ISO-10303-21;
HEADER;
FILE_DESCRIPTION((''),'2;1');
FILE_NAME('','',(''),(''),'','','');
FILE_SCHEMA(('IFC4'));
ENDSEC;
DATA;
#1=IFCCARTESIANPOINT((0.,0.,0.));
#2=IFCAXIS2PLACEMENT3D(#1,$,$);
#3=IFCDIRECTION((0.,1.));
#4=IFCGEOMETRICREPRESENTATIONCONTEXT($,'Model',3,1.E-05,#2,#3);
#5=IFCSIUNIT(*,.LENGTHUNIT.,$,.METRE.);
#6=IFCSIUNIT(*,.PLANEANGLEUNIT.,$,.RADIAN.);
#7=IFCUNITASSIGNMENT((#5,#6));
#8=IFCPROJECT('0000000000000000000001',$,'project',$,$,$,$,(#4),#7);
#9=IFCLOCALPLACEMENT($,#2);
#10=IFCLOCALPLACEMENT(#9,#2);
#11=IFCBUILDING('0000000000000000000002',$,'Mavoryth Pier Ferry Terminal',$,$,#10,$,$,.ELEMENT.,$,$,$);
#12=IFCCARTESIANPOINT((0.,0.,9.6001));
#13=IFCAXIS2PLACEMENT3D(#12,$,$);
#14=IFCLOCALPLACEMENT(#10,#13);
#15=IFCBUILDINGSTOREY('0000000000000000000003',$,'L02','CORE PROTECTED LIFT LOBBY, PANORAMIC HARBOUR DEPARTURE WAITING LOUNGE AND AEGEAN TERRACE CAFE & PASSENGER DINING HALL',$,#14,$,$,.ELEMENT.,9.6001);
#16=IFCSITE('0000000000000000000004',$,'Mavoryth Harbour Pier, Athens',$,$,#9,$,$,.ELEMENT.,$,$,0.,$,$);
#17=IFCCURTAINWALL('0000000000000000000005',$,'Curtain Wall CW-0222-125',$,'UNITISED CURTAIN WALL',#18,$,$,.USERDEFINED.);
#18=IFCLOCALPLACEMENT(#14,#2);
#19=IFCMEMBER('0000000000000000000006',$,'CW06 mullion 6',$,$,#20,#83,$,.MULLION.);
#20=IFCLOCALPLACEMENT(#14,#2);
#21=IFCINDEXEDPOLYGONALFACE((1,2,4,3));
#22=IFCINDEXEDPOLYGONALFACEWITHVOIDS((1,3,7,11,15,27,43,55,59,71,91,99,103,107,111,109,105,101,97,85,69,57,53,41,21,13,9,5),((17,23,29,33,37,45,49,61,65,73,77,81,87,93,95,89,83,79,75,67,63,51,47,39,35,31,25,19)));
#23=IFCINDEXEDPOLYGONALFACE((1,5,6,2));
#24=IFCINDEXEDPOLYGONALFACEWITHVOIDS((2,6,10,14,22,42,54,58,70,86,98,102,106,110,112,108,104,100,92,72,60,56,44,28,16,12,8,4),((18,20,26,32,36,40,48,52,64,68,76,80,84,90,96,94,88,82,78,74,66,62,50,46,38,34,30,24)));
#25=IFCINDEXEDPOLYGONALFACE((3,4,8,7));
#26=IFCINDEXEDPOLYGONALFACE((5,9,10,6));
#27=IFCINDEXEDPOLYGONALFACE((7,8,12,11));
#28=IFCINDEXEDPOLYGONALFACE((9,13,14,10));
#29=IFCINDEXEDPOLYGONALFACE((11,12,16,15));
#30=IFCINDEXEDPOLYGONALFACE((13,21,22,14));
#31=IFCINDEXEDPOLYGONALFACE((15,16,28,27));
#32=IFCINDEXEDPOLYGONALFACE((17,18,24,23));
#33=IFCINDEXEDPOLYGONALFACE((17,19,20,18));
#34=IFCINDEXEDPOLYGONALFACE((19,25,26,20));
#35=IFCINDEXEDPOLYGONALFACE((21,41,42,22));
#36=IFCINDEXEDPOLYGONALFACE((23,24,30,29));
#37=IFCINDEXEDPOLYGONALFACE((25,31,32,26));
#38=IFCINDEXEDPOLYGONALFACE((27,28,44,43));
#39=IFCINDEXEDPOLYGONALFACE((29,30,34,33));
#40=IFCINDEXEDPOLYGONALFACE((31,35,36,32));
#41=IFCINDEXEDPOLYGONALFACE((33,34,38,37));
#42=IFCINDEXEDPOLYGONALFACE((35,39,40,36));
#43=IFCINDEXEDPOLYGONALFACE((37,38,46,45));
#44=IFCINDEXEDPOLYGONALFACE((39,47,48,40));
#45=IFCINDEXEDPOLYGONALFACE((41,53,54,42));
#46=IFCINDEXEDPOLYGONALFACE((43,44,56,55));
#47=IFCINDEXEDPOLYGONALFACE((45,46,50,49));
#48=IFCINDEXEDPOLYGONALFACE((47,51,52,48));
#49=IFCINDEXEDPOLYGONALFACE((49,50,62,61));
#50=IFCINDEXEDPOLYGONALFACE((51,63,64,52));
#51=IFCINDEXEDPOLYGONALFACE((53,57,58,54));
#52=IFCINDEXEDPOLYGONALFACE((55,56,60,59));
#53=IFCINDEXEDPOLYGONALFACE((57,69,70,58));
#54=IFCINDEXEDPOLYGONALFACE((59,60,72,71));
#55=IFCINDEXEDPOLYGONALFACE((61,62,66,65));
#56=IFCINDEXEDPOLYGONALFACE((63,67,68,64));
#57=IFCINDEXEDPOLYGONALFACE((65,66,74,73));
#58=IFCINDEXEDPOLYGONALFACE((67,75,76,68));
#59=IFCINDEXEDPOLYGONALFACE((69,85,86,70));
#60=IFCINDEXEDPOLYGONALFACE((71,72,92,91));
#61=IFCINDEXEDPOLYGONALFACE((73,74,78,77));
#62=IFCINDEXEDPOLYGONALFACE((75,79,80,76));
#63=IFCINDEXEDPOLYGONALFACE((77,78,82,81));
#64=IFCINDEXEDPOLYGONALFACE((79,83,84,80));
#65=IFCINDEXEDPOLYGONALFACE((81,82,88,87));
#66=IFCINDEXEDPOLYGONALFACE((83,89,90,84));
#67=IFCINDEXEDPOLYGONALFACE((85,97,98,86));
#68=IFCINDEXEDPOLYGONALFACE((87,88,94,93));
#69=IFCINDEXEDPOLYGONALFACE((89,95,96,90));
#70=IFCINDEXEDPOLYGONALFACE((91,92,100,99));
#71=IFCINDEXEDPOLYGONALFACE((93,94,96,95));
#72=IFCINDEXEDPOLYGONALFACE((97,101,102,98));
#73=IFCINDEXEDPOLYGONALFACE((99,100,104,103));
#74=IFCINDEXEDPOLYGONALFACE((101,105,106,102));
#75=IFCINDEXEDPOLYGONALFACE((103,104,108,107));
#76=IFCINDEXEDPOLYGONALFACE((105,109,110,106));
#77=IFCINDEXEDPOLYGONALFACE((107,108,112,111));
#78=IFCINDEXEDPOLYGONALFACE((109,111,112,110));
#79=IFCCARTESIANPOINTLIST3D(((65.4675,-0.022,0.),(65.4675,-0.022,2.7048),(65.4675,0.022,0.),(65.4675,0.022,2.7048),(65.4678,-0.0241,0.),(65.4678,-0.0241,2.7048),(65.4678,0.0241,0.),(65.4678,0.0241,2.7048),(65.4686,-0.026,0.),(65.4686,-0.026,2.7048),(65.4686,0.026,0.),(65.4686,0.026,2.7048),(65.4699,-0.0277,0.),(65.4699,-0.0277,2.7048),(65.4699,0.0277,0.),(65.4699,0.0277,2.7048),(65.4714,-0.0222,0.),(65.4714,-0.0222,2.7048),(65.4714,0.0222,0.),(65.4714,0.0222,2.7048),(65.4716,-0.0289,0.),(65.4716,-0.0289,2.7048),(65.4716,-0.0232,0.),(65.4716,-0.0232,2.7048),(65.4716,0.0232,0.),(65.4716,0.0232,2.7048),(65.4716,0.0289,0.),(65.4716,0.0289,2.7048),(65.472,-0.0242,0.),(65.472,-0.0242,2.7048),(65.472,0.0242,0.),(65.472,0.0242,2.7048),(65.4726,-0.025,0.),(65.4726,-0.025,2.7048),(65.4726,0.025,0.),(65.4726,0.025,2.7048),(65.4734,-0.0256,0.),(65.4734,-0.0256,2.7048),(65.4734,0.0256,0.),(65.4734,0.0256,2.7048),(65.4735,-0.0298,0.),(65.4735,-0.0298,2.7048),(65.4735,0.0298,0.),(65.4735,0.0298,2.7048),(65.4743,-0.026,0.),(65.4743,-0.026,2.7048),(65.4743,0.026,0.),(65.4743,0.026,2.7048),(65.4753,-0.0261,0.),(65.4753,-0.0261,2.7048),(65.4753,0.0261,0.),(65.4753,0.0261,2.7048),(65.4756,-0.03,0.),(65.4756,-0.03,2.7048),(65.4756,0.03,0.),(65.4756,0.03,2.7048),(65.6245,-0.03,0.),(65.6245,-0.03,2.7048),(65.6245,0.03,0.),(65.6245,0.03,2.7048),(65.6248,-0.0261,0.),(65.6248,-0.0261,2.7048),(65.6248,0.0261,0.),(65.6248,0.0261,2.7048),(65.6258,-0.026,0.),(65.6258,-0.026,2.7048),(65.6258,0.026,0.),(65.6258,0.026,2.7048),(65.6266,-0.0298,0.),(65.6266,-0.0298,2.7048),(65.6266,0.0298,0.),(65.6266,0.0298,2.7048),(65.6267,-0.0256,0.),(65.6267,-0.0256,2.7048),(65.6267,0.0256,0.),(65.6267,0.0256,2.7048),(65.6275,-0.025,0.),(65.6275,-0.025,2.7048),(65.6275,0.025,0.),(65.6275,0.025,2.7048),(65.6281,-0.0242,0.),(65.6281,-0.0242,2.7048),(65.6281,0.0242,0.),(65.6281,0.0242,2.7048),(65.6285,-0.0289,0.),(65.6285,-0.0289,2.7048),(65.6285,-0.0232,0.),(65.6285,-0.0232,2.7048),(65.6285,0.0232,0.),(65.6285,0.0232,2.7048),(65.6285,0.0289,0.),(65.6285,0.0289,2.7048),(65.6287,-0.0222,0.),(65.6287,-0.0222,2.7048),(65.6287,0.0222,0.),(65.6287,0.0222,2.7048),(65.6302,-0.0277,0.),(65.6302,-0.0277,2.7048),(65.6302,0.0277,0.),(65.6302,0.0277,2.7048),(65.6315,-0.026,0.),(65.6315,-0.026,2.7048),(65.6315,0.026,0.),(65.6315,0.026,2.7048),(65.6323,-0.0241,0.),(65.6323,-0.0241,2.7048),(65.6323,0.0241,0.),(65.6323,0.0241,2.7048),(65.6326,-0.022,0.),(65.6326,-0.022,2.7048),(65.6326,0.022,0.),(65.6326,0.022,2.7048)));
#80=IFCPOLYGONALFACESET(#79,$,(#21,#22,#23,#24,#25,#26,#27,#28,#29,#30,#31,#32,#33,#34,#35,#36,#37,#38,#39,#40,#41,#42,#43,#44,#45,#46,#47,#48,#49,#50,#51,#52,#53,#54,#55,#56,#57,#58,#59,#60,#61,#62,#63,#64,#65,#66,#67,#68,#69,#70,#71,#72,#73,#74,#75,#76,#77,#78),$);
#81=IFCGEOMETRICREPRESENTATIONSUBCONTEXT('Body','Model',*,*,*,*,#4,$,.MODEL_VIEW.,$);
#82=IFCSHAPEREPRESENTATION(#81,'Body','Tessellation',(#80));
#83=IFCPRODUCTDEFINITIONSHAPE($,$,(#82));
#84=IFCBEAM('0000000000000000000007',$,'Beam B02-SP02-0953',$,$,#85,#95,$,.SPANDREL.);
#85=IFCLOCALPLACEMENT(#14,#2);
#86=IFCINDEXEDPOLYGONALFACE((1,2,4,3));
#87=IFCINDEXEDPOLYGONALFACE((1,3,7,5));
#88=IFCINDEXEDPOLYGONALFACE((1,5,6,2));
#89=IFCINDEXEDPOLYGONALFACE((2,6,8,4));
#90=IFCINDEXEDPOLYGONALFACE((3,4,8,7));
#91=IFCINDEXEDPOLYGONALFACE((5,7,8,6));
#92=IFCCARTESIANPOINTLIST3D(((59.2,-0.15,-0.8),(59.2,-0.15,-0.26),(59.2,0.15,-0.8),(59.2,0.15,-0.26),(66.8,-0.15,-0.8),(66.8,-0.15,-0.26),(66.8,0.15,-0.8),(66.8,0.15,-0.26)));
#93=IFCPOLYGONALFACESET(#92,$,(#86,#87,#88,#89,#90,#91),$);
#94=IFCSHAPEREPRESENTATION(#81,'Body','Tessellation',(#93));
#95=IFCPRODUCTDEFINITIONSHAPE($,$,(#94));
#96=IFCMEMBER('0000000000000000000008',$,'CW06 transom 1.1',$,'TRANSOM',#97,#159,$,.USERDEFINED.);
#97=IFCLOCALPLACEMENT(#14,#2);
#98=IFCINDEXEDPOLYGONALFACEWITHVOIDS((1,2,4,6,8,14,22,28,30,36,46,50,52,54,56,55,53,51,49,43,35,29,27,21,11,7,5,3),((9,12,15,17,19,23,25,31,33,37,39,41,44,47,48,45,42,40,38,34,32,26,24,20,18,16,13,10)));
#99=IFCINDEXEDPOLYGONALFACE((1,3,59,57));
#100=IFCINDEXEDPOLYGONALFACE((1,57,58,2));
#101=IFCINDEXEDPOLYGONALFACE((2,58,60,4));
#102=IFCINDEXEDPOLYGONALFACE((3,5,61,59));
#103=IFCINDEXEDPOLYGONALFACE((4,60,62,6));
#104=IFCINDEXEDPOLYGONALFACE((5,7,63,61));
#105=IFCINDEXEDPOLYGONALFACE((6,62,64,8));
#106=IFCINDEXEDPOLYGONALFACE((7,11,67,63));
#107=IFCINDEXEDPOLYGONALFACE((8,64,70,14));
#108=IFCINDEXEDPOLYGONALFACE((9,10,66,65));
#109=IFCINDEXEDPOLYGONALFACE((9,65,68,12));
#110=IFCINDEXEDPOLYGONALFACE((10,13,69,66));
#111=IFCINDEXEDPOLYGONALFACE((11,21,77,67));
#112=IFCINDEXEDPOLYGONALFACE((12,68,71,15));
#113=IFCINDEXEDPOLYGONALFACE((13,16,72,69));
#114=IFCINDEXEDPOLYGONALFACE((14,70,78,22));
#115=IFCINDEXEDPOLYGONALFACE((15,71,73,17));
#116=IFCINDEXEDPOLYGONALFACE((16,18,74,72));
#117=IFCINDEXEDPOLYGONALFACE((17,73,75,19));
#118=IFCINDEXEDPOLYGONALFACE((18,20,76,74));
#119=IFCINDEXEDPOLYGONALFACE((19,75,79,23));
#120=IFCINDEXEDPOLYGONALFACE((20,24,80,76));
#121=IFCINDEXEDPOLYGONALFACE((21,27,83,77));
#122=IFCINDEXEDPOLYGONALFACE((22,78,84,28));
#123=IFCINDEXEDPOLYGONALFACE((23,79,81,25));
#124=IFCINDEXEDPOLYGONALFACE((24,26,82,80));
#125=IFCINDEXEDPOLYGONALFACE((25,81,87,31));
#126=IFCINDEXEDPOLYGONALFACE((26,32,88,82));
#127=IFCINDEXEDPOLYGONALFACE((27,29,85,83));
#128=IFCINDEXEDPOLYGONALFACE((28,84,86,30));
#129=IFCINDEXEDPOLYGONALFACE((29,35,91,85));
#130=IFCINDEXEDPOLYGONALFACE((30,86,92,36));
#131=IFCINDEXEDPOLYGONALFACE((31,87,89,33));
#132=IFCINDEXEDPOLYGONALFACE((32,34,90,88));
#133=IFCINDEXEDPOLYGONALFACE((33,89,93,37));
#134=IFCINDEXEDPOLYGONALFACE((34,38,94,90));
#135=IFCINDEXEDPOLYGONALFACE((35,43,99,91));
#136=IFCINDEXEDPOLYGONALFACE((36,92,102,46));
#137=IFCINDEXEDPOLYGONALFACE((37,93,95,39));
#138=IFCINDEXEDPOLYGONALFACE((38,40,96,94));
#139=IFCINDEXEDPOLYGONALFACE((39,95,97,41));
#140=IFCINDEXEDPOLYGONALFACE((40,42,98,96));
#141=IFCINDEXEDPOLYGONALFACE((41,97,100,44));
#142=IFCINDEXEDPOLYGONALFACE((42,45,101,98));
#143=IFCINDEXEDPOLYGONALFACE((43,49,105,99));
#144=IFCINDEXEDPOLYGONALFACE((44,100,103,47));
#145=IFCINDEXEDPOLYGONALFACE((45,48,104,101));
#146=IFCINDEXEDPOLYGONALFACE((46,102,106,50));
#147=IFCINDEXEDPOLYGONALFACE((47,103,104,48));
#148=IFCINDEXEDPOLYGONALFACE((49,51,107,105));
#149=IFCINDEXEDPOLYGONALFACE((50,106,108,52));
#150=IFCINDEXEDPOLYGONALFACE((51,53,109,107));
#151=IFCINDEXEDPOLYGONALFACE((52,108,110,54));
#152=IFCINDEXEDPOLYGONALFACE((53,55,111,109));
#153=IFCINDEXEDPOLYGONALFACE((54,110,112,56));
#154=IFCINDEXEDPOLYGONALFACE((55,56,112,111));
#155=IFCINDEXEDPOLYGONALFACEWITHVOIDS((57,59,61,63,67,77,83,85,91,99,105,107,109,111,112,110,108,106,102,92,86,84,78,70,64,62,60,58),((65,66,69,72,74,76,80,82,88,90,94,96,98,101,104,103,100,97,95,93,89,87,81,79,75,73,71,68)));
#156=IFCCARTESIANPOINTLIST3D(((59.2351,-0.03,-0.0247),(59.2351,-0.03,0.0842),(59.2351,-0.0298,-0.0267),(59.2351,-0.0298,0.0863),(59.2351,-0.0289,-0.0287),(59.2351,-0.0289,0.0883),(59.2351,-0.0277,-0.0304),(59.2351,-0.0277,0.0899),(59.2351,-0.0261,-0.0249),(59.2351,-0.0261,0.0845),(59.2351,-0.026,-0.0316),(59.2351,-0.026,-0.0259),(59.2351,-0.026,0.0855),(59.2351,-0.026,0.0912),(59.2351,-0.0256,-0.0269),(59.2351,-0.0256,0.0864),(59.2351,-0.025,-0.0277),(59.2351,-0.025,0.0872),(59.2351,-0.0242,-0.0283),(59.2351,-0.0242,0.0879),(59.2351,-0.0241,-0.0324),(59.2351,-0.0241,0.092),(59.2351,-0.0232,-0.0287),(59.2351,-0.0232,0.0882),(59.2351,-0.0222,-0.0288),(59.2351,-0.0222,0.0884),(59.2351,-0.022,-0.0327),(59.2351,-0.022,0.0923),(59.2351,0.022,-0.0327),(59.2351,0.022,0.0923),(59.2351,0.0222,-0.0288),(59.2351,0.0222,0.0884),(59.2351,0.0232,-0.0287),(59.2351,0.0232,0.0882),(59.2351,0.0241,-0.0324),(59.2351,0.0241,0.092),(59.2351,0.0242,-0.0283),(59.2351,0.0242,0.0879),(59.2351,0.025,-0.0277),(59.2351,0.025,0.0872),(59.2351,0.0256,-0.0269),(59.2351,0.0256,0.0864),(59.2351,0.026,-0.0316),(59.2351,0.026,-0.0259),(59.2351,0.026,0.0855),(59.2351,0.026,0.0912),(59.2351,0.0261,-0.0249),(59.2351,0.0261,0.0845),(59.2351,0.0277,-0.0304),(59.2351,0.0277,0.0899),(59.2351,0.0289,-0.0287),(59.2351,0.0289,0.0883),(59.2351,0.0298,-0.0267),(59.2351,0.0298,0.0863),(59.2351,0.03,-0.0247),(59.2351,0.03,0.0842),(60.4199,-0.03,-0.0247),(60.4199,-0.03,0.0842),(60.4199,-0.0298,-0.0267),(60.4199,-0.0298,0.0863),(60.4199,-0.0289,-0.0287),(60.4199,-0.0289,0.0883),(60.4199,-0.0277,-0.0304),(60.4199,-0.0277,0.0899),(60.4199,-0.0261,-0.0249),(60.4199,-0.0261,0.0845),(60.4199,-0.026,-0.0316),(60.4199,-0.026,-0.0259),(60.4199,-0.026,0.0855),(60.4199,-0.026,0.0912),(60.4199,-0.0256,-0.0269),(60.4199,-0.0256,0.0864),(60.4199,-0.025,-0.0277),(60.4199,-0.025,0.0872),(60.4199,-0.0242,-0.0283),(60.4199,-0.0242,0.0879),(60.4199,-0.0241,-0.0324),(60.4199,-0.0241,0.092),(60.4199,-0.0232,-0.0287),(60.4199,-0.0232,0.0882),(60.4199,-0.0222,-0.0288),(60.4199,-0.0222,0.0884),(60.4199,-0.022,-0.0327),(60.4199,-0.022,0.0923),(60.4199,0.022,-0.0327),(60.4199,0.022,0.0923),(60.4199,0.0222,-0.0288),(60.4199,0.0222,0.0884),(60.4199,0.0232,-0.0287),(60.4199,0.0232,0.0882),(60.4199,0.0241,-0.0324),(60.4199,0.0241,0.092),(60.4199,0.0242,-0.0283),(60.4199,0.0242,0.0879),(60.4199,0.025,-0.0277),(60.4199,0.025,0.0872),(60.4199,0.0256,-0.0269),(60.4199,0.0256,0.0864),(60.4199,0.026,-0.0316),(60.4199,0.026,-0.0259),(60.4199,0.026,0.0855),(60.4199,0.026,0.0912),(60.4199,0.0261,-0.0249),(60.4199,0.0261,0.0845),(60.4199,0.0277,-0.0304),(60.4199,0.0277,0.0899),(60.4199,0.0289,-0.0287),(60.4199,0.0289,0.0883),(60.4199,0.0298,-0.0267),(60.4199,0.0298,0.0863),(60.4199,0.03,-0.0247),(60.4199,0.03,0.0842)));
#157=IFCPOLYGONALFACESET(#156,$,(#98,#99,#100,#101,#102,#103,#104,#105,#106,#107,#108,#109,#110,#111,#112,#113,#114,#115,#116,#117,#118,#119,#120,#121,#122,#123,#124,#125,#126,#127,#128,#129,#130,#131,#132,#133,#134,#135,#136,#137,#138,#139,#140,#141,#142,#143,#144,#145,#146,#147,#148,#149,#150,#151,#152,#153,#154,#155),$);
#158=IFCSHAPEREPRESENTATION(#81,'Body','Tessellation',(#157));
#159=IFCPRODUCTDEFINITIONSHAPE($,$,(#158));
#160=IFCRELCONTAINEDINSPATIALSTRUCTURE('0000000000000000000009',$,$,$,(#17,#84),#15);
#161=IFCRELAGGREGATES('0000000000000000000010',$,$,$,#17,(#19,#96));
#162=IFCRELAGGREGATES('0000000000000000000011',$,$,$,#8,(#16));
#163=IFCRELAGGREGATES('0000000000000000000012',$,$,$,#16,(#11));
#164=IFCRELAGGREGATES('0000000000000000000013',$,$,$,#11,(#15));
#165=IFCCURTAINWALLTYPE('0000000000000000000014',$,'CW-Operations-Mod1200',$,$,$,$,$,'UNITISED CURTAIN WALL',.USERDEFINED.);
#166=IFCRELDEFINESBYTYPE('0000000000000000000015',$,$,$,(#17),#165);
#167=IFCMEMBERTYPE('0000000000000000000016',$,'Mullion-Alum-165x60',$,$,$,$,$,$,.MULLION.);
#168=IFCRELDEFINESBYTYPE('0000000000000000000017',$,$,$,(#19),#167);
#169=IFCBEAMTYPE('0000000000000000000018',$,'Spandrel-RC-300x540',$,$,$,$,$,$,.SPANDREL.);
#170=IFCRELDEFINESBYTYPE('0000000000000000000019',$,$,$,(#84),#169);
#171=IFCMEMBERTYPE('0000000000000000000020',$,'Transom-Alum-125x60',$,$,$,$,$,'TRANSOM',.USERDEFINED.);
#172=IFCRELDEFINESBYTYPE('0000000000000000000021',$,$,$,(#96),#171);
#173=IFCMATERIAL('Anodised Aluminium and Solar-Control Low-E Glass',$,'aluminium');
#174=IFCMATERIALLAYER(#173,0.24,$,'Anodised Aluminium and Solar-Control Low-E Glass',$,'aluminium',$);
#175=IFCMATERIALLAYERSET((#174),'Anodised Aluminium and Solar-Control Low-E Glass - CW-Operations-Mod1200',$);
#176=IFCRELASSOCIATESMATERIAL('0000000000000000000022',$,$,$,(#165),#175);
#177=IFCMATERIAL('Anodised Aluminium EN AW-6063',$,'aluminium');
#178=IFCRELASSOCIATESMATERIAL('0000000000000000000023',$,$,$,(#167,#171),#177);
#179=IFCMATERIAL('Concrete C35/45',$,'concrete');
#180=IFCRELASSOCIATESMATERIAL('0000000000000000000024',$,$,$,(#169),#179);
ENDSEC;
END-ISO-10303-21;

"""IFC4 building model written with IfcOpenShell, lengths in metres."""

from ifc_helpers import new_model, si_unit, direction, frame, origin, origin_2d, place, context, subcontext, project, spatial, rectangle, hollow_rectangle, extrude, material, layer, layer_set, material_profile, profile_set, type_object, element, aggregate, save


model = new_model("IFC4")

# Units and contexts
model_context = context("Model", 3, precision=1e-05, world=origin(), true_north=direction((0.0, 1.0)))
body_context = subcontext(model_context, "Body", "Model", "MODEL_VIEW")
ifc_project = project(units=[si_unit("LENGTHUNIT", "METRE"), si_unit("PLANEANGLEUNIT", "RADIAN")], contexts=[model_context])

# Site, building, storey
site_placement = place(None, origin())
site = spatial("IfcSite", under=ifc_project, at=site_placement, Name="Mavoryth Harbour Pier, Athens", CompositionType="ELEMENT", RefElevation=0.0)
building_placement = place(site_placement, origin())
building = spatial("IfcBuilding", under=site, at=building_placement, Name="Mavoryth Pier Ferry Terminal", CompositionType="ELEMENT")
storey_placement = place(building_placement, frame((0.0, 0.0, 9.6001)))
storey = spatial("IfcBuildingStorey", under=building, at=storey_placement, Name="L02", Description="CORE PROTECTED LIFT LOBBY, PANORAMIC HARBOUR DEPARTURE WAITING LOUNGE AND AEGEAN TERRACE CAFE & PASSENGER DINING HALL", CompositionType="ELEMENT", Elevation=9.6001)

# Shared definitions
ifc_material_1 = material(Name="Anodised Aluminium and Solar-Control Low-E Glass", Category="aluminium")
ifc_layer_1 = layer(ifc_material_1, 0.24, Name="Anodised Aluminium and Solar-Control Low-E Glass", Category="aluminium")
ifc_layer_set_1 = layer_set([ifc_layer_1], Name="Anodised Aluminium and Solar-Control Low-E Glass - CW-Operations-Mod1200")
curtain_wall_type = type_object("IfcCurtainWallType", Name="CW-Operations-Mod1200", ElementType="UNITISED CURTAIN WALL", PredefinedType="USERDEFINED", material=ifc_layer_set_1)
ifc_material_2 = material(Name="Anodised Aluminium EN AW-6063", Category="aluminium")
ifc_material_profile_1 = material_profile(ifc_material_2, hollow_rectangle(XDim=0.0601, YDim=0.165, WallThickness=0.0039, InnerFilletRadius=0.0039, OuterFilletRadius=0.0081, at=origin_2d()), Name="AL-MULL 165x60x4", Category="aluminium")
ifc_profile_set_1 = profile_set([ifc_material_profile_1], Name="Anodised Aluminium EN AW-6063 - AL-MULL 165x60x4")
member_type_1 = type_object("IfcMemberType", Name="Mullion-Alum-165x60", PredefinedType="MULLION", material=ifc_profile_set_1)

# Curtain wall, member
curtain_wall_1_placement = place(storey_placement, origin())
curtain_wall_1 = element("IfcCurtainWall", 1, at=curtain_wall_1_placement, inside=storey, type_object=curtain_wall_type, Name="Curtain Wall CW-0222-125", ObjectType="UNITISED CURTAIN WALL", PredefinedType="USERDEFINED")
member_1_placement = place(storey_placement, frame((65.55, 0.0, 0.0), z_axis=(0.0, 0.0, 1.0), x_axis=(0.0, 1.0, 0.0)))
member_1 = element("IfcMember", 2, at=member_1_placement, type_object=member_type_1, Name="CW06 mullion 6", PredefinedType="MULLION", context=body_context, shape_type="SweptSolid", body=[
    extrude(hollow_rectangle(XDim=0.0601, YDim=0.165, WallThickness=0.0039, InnerFilletRadius=0.0039, OuterFilletRadius=0.0081, at=origin_2d()), origin(), (0.0, 0.0, 1.0), 2.7048),
])

# Beam
ifc_material_3 = material(Name="Concrete C35/45", Category="concrete")
ifc_material_profile_2 = material_profile(ifc_material_3, rectangle(XDim=0.3, YDim=0.54, at=origin_2d()), Name="RC 300x540", Category="concrete")
ifc_profile_set_2 = profile_set([ifc_material_profile_2], Name="Concrete C35/45 - RC 300x540")
beam_type = type_object("IfcBeamType", Name="Spandrel-RC-300x540", PredefinedType="SPANDREL", material=ifc_profile_set_2)
beam_placement = place(storey_placement, frame((59.2, 0.0, -0.53), z_axis=(1.0, 0.0, 0.0), x_axis=(0.0, 1.0, 0.0)))
element("IfcBeam", 3, at=beam_placement, inside=storey, type_object=beam_type, Name="Beam B02-SP02-0953", PredefinedType="SPANDREL", context=body_context, shape_type="SweptSolid", body=[
    extrude(rectangle(XDim=0.3, YDim=0.54, at=origin_2d()), origin(), (0.0, 0.0, 1.0), 7.6001),
])

# Member
ifc_material_profile_3 = material_profile(ifc_material_2, hollow_rectangle(XDim=0.0601, YDim=0.125, WallThickness=0.0039, InnerFilletRadius=0.0039, OuterFilletRadius=0.0081, at=origin_2d()), Name="AL-TRAN 125x60x4", Category="aluminium")
ifc_profile_set_3 = profile_set([ifc_material_profile_3], Name="Anodised Aluminium EN AW-6063 - AL-TRAN 125x60x4")
member_type_2 = type_object("IfcMemberType", Name="Transom-Alum-125x60", ElementType="TRANSOM", PredefinedType="USERDEFINED", material=ifc_profile_set_3)
member_2_placement = place(storey_placement, frame((59.2351, 0.0, 0.0298), z_axis=(1.0, 0.0, 0.0), x_axis=(0.0, 1.0, 0.0)))
member_2 = element("IfcMember", 4, at=member_2_placement, type_object=member_type_2, Name="CW06 transom 1.1", ObjectType="TRANSOM", PredefinedType="USERDEFINED", context=body_context, shape_type="SweptSolid", body=[
    extrude(hollow_rectangle(XDim=0.0601, YDim=0.125, WallThickness=0.0039, InnerFilletRadius=0.0039, OuterFilletRadius=0.0081, at=origin_2d()), origin(), (0.0, 0.0, 1.0), 1.1848),
])

aggregate(curtain_wall_1, [member_1, member_2])

save(model, "model.ifc")
